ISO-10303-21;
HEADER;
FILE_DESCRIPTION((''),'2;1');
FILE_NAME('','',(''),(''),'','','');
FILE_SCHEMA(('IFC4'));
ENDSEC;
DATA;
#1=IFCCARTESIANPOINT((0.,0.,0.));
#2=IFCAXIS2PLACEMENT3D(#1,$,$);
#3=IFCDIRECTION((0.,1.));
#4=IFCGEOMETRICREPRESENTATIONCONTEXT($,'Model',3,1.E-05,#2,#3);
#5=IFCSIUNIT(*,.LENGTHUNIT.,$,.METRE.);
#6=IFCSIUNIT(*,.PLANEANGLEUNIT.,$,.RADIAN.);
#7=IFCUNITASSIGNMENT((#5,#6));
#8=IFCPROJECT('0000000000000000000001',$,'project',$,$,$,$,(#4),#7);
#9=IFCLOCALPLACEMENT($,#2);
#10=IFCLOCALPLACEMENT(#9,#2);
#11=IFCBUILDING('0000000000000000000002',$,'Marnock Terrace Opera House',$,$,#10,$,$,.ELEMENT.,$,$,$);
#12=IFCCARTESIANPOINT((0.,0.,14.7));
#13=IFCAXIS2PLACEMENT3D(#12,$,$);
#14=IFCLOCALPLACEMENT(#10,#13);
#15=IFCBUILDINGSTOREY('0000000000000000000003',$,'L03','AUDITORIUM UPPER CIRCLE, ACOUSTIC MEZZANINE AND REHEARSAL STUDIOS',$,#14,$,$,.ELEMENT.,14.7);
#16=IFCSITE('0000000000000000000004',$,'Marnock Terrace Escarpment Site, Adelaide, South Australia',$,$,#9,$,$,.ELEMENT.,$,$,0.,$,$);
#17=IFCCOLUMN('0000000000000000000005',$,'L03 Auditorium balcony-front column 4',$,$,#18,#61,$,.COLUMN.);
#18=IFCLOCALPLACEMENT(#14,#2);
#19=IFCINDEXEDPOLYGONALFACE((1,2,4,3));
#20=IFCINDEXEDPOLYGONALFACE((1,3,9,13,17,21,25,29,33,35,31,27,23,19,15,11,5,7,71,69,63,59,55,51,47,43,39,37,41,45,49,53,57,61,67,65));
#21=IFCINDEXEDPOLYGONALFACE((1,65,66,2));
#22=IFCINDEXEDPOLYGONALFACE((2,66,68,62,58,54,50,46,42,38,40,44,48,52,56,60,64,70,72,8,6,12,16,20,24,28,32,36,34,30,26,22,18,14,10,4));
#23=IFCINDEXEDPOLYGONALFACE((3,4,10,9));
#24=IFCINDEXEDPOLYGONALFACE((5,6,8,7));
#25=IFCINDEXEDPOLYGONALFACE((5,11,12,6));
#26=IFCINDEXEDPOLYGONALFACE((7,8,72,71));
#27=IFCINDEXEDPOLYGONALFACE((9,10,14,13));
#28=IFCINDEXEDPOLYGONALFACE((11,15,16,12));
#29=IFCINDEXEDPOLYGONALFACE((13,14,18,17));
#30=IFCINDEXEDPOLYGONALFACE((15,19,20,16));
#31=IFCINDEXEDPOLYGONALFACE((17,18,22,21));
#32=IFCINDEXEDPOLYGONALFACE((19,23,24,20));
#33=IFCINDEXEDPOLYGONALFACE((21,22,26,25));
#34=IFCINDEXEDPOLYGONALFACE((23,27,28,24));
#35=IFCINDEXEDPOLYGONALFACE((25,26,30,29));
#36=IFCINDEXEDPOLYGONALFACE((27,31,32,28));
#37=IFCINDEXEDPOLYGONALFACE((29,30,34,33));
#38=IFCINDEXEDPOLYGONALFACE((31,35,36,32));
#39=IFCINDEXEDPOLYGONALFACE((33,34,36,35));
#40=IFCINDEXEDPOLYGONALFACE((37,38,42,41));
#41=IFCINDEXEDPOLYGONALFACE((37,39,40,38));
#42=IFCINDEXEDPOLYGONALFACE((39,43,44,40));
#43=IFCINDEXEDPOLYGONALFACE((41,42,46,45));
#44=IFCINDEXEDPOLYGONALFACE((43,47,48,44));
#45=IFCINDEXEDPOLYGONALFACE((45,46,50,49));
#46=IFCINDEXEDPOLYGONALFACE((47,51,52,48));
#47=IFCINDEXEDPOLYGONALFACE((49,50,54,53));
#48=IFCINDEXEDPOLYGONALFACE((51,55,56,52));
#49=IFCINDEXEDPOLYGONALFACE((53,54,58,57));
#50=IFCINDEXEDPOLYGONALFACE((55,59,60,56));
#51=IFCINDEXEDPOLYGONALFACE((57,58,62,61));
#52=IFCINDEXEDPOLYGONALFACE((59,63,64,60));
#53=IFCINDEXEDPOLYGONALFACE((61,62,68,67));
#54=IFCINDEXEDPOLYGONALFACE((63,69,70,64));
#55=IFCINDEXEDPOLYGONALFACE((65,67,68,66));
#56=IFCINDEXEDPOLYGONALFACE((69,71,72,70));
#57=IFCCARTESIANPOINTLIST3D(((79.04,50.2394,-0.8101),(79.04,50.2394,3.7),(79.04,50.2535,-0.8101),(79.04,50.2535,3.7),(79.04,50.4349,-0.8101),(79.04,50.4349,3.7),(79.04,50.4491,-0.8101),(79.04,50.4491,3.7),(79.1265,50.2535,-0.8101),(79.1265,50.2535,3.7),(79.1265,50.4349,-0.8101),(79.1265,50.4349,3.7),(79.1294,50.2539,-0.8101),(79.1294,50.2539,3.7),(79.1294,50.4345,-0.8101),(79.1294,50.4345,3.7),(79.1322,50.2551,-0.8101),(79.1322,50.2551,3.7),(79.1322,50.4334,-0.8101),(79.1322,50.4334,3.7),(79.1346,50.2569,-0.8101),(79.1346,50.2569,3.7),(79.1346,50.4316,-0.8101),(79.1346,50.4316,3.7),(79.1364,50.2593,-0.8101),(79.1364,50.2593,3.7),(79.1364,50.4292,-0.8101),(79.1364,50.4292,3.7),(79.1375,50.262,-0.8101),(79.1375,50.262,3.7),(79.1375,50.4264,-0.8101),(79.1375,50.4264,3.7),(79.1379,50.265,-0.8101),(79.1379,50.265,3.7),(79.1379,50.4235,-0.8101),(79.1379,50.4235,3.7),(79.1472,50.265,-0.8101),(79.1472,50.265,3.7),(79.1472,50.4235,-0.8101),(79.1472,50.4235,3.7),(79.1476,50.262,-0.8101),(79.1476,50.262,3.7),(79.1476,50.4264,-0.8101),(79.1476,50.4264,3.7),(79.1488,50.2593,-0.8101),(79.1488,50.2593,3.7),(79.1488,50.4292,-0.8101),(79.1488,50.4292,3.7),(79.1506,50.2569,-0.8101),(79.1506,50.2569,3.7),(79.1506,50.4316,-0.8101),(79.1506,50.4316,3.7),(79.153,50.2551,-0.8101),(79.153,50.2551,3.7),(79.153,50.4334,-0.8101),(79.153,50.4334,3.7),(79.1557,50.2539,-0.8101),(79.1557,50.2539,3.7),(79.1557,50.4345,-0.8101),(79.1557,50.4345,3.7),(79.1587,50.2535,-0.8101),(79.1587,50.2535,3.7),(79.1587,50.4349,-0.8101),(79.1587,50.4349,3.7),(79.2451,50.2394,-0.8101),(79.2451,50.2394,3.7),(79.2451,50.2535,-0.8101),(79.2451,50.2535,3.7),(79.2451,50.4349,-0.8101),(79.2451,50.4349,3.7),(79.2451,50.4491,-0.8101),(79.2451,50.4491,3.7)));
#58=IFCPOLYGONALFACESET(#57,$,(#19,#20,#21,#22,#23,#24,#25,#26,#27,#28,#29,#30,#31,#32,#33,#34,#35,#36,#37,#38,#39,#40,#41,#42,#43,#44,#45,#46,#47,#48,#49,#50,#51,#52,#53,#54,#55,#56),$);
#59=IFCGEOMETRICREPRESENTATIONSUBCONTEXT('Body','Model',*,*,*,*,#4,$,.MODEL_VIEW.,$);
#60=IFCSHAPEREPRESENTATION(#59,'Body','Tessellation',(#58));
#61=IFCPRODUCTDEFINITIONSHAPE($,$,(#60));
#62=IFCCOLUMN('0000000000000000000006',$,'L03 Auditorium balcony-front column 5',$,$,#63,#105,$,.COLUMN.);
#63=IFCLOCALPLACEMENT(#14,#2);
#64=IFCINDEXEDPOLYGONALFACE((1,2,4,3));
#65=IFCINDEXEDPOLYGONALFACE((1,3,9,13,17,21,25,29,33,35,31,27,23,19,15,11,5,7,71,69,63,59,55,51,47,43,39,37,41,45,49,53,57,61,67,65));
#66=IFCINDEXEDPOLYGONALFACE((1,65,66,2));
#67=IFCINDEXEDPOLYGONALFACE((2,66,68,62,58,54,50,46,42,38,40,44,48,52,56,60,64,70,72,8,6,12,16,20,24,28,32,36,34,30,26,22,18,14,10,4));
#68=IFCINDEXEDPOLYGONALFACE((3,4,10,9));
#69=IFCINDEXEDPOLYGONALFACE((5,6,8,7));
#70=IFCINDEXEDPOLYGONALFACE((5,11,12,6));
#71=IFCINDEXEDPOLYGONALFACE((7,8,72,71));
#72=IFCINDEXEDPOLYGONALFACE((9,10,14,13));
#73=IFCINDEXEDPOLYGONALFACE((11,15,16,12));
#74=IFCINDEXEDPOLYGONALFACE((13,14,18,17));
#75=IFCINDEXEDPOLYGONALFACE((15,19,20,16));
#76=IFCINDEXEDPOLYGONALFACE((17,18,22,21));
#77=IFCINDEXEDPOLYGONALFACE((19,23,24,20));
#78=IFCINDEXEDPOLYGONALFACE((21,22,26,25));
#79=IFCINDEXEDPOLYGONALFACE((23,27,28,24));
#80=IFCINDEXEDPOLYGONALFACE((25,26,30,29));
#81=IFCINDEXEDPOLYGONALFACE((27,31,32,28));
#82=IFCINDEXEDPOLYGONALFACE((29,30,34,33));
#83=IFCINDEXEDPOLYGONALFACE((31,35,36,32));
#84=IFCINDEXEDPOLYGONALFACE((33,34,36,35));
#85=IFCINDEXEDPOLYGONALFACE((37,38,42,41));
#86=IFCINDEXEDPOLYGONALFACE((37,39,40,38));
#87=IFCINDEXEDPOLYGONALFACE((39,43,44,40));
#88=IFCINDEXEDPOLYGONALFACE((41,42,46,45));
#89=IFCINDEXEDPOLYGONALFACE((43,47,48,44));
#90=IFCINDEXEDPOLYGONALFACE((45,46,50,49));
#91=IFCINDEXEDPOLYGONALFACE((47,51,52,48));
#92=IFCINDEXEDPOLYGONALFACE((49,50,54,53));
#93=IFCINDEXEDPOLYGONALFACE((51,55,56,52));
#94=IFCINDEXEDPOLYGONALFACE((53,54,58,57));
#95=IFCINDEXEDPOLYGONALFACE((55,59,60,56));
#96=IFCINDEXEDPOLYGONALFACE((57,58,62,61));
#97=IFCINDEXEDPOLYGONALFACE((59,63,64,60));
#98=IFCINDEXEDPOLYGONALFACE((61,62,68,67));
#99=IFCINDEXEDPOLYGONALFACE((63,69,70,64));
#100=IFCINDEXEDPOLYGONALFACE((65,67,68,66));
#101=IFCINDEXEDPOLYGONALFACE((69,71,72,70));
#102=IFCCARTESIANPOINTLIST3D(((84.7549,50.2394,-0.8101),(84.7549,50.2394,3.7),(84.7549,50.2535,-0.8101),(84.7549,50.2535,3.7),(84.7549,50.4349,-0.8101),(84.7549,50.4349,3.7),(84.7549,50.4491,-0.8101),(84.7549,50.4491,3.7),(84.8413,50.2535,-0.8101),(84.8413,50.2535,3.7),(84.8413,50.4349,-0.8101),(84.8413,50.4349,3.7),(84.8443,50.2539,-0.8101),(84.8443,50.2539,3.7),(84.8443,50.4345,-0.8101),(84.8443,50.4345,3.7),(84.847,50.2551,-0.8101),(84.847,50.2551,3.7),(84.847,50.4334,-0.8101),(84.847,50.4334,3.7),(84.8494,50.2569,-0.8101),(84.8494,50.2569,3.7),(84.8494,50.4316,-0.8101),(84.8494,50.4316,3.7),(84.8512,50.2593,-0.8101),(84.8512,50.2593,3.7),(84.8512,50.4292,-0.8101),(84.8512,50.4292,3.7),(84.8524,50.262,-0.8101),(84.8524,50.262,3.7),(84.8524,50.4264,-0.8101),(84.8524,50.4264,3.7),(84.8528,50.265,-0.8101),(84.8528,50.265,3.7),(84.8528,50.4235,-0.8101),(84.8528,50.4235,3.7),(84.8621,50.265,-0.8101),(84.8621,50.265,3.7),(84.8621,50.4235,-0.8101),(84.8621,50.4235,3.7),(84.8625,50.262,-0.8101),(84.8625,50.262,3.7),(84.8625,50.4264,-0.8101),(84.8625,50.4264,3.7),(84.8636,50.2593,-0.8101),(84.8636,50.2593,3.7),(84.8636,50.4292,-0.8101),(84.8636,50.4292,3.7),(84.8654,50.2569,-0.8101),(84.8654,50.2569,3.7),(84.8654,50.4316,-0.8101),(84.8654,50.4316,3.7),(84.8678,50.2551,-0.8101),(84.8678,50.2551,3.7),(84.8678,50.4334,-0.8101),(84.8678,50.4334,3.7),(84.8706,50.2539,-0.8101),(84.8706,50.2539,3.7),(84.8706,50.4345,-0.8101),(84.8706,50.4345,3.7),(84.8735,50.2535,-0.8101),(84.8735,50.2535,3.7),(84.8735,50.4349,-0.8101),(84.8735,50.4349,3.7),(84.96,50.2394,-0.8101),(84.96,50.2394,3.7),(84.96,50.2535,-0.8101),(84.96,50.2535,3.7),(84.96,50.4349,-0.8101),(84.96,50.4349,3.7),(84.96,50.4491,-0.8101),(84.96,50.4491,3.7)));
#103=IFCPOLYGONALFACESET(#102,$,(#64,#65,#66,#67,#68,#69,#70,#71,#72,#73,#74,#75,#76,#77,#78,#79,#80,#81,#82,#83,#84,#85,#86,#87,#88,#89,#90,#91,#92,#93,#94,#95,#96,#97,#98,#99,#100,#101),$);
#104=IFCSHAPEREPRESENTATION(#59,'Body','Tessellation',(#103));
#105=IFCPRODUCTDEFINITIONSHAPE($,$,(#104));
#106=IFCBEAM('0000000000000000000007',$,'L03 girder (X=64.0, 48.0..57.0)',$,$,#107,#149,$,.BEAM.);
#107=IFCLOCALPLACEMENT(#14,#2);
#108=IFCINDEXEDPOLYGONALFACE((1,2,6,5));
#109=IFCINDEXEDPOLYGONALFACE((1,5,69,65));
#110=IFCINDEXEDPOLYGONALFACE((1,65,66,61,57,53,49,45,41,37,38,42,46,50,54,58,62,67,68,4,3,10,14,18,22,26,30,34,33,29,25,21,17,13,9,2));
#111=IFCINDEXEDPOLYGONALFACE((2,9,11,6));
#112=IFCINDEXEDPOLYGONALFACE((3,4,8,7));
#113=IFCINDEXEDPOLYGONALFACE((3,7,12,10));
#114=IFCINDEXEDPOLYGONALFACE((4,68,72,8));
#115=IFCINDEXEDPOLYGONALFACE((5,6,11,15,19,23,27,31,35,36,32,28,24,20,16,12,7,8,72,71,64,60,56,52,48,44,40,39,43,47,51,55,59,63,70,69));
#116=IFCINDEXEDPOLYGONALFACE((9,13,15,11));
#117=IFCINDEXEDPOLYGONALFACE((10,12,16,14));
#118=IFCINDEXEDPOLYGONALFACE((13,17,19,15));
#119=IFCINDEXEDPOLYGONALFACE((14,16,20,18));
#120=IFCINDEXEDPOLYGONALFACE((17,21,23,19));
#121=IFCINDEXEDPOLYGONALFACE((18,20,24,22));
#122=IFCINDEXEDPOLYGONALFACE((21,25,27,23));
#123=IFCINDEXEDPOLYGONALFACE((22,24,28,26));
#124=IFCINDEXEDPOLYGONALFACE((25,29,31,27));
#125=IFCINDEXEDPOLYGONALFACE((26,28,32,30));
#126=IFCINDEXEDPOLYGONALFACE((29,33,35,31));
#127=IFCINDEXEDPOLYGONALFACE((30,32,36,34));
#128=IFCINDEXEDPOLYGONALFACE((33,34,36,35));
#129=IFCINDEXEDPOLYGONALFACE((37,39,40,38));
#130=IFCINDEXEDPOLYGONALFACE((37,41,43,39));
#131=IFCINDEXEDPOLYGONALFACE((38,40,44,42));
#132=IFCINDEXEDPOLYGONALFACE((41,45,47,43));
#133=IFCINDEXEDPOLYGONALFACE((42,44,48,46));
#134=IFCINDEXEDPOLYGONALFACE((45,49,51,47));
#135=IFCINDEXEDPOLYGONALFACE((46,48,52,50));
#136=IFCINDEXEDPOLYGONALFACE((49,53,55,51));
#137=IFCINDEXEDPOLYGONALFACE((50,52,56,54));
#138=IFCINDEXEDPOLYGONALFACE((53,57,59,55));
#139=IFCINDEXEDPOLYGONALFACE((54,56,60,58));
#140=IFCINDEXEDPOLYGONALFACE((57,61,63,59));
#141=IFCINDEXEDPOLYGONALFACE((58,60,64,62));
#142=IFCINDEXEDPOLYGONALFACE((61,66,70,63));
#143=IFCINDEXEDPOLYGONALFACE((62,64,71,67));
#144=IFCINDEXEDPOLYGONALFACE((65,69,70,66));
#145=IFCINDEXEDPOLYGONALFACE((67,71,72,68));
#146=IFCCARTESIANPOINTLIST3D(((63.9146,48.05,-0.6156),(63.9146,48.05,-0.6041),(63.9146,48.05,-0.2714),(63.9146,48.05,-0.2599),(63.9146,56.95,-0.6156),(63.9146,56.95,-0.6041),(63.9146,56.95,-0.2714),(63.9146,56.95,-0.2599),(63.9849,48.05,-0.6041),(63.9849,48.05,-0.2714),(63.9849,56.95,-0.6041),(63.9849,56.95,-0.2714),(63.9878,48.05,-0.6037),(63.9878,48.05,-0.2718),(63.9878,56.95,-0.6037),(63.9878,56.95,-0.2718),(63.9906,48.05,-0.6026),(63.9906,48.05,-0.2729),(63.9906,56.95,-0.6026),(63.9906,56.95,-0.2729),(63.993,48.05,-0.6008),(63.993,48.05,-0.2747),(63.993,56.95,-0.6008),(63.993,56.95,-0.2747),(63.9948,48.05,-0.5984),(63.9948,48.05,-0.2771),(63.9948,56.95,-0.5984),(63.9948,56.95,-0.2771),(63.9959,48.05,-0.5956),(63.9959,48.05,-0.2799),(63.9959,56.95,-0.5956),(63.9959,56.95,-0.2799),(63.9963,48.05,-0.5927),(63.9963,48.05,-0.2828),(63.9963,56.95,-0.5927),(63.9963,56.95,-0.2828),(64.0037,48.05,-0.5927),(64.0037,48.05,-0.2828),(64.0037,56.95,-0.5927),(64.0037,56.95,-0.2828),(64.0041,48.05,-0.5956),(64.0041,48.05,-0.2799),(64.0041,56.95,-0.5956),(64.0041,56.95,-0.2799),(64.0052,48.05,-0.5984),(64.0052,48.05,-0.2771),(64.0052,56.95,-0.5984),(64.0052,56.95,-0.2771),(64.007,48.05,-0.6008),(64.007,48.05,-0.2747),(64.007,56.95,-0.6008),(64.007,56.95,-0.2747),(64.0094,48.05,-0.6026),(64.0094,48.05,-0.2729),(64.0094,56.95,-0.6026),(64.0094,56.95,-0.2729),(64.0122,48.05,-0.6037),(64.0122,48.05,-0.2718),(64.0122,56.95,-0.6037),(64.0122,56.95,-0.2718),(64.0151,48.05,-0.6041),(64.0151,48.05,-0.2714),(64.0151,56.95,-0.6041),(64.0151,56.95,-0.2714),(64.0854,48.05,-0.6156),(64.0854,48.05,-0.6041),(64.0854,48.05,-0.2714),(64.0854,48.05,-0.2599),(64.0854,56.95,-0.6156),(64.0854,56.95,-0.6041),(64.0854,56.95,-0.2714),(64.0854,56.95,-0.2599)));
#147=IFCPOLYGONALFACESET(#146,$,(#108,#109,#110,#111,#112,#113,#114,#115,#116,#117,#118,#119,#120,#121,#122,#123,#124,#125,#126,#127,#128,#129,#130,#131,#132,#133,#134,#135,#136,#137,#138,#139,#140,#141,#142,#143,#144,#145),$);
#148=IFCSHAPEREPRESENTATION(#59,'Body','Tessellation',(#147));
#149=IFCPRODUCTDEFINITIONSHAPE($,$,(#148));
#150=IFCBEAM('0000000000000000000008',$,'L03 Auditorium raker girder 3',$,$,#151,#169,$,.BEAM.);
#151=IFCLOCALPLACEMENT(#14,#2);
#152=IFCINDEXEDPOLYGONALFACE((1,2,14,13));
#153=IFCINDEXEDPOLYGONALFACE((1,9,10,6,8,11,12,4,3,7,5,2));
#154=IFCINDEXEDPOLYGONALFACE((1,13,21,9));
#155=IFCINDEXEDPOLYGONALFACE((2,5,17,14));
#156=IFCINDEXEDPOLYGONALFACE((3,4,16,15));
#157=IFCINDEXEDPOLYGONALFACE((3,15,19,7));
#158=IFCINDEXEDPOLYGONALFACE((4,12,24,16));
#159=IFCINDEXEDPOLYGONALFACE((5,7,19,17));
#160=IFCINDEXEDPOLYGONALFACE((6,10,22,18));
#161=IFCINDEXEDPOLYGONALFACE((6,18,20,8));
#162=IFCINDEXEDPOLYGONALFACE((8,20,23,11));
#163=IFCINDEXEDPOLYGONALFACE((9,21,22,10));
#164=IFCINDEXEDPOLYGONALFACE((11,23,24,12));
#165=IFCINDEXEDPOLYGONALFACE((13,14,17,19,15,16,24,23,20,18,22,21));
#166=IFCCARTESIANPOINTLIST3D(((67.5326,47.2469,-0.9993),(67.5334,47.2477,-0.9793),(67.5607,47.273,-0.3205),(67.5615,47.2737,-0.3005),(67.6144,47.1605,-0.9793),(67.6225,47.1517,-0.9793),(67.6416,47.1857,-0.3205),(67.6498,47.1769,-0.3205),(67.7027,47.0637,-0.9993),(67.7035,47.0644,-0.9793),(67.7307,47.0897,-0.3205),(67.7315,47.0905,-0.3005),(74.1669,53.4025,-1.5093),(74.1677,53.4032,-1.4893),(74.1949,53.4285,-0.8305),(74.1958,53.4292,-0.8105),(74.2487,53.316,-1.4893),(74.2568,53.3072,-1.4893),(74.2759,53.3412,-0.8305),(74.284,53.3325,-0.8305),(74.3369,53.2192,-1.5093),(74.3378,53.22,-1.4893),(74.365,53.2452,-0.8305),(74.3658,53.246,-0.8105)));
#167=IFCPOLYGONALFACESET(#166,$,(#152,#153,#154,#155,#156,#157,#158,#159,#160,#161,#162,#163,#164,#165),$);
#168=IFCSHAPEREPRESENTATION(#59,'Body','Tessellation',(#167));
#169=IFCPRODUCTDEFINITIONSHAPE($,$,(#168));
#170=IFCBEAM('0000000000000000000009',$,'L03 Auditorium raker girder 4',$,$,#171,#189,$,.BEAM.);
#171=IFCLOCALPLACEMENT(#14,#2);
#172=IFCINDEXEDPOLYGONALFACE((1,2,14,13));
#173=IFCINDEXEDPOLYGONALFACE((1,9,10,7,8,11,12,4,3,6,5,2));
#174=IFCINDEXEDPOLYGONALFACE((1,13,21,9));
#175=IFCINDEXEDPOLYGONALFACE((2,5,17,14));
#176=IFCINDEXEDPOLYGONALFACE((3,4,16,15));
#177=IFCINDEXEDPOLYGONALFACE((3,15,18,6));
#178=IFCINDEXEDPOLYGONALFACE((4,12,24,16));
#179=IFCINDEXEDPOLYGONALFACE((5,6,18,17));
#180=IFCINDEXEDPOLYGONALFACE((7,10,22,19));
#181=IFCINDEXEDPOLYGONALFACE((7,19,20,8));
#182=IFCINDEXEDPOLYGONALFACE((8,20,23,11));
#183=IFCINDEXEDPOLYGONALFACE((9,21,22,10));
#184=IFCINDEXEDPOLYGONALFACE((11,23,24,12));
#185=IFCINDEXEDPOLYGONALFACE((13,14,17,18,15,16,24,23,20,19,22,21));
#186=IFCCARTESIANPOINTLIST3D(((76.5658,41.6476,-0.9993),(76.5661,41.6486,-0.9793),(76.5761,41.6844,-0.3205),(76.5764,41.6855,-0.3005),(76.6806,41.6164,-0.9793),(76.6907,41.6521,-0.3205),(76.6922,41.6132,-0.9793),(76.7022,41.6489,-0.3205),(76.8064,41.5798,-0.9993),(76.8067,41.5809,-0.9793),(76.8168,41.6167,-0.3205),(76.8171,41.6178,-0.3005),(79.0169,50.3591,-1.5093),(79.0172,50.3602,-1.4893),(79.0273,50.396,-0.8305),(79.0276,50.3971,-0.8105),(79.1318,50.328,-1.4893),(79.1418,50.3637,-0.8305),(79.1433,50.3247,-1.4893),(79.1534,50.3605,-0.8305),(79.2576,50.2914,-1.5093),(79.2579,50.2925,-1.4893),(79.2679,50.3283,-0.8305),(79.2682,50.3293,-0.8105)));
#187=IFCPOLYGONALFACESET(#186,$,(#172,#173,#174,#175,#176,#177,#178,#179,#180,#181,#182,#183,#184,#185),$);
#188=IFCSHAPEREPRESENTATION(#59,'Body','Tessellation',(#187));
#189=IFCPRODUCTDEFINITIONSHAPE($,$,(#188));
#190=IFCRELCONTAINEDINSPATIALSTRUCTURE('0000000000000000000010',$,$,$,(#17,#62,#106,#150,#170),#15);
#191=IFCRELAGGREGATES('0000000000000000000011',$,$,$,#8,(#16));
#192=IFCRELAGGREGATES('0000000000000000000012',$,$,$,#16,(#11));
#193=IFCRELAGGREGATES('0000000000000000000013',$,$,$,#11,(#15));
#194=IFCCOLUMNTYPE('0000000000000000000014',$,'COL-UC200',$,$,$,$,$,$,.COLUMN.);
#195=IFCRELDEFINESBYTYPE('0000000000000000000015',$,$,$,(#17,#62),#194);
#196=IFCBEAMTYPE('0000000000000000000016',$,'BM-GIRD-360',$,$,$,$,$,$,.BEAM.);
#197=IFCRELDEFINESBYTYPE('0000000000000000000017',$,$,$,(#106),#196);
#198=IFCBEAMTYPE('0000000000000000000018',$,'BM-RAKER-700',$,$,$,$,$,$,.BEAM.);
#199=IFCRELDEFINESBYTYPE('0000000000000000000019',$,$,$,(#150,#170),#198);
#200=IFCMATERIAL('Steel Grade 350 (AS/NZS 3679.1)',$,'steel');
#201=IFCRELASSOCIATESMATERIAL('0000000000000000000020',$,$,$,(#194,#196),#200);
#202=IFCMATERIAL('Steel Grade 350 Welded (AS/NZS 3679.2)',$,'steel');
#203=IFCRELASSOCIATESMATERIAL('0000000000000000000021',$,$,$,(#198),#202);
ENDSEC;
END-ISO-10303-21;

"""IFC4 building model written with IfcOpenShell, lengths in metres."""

from ifc_helpers import new_model, si_unit, direction, frame, origin, origin_2d, place, context, subcontext, project, spatial, i_section, extrude, material, material_profile, profile_set, type_object, element, save


model = new_model("IFC4")

# Units and contexts
model_context = context("Model", 3, precision=1e-05, world=origin(), true_north=direction((0.0, 1.0)))
body_context = subcontext(model_context, "Body", "Model", "MODEL_VIEW")
ifc_project = project(units=[si_unit("LENGTHUNIT", "METRE"), si_unit("PLANEANGLEUNIT", "RADIAN")], contexts=[model_context])

# Site, building, storey
site_placement = place(None, origin())
site = spatial("IfcSite", under=ifc_project, at=site_placement, Name="Marnock Terrace Escarpment Site, Adelaide, South Australia", CompositionType="ELEMENT", RefElevation=0.0)
building_placement = place(site_placement, origin())
building = spatial("IfcBuilding", under=site, at=building_placement, Name="Marnock Terrace Opera House", CompositionType="ELEMENT")
storey_placement = place(building_placement, frame((0.0, 0.0, 14.7)))
storey = spatial("IfcBuildingStorey", under=building, at=storey_placement, Name="L03", Description="AUDITORIUM UPPER CIRCLE, ACOUSTIC MEZZANINE AND REHEARSAL STUDIOS", CompositionType="ELEMENT", Elevation=14.7)

# Columns
ifc_material_1 = material(Name="Steel Grade 350 (AS/NZS 3679.1)", Category="steel")
ifc_material_profile_1 = material_profile(ifc_material_1, i_section(OverallWidth=0.2051, OverallDepth=0.2097, WebThickness=0.0093, FlangeThickness=0.0142, FilletRadius=0.0115, at=origin_2d()))
ifc_profile_set_1 = profile_set([ifc_material_profile_1], Name="Steel Grade 350 (AS/NZS 3679.1)")
column_type_1 = type_object("IfcColumnType", Name="COL-UC200", PredefinedType="COLUMN", material=ifc_profile_set_1)
for number, where, z_axis, x_axis, name in (
    (1, (79.1426, 50.3442, -0.8101), (0.0, 0.0, 1.0), (1.0, 0.0, 0.0), "L03 Auditorium balcony-front column 4"),
    (2, (84.8574, 50.3442, -0.8101), (0.0, 0.0, 1.0), (1.0, 0.0, 0.0), "L03 Auditorium balcony-front column 5"),
):
    element("IfcColumn", number, at=place(storey_placement, frame(where, z_axis=z_axis, x_axis=x_axis)), inside=storey, type_object=column_type_1, Name=name, PredefinedType="COLUMN", context=body_context, shape_type="SweptSolid", body=[
        extrude(i_section(OverallWidth=0.2051, OverallDepth=0.2097, WebThickness=0.0093, FlangeThickness=0.0142, FilletRadius=0.0115, at=origin_2d()), origin(), (0.0, 0.0, 1.0), 4.51),
    ])

# Beams
ifc_material_profile_2 = material_profile(ifc_material_1, i_section(OverallWidth=0.1709, OverallDepth=0.3557, WebThickness=0.0073, FlangeThickness=0.0115, FilletRadius=0.0115, at=origin_2d()))
ifc_profile_set_2 = profile_set([ifc_material_profile_2], Name="Steel Grade 350 (AS/NZS 3679.1)")
beam_type_1 = type_object("IfcBeamType", Name="BM-GIRD-360", PredefinedType="BEAM", material=ifc_profile_set_2)
beam_1_placement = place(storey_placement, frame((64.0, 48.05, -0.4377), z_axis=(0.0, 1.0, 0.0), x_axis=(-1.0, 0.0, 0.0)))
element("IfcBeam", 3, at=beam_1_placement, inside=storey, type_object=beam_type_1, Name="L03 girder (X=64.0, 48.0..57.0)", PredefinedType="BEAM", context=body_context, shape_type="SweptSolid", body=[
    extrude(i_section(OverallWidth=0.1709, OverallDepth=0.3557, WebThickness=0.0073, FlangeThickness=0.0115, FilletRadius=0.0115, at=origin_2d()), origin(), (0.0, 0.0, 1.0), 8.8999),
])
ifc_material_2 = material(Name="Steel Grade 350 Welded (AS/NZS 3679.2)", Category="steel")
ifc_material_profile_3 = material_profile(ifc_material_2, i_section(OverallWidth=0.25, OverallDepth=0.7, WebThickness=0.012, FlangeThickness=0.02, at=origin_2d()))
ifc_profile_set_3 = profile_set([ifc_material_profile_3], Name="Steel Grade 350 Welded (AS/NZS 3679.2)")
beam_type_2 = type_object("IfcBeamType", Name="BM-RAKER-700", PredefinedType="BEAM", material=ifc_profile_set_3)
beam_2_placement = place(storey_placement, frame((74.2664, 53.3242, -1.1599), z_axis=(-0.731901, -0.679084, 0.056265), x_axis=(0.680161, -0.733062, 0.0)))
element("IfcBeam", 4, at=beam_2_placement, inside=storey, type_object=beam_type_2, Name="L03 Auditorium raker girder 3", PredefinedType="BEAM", context=body_context, shape_type="SweptSolid", body=[
    extrude(i_section(OverallWidth=0.25, OverallDepth=0.7, WebThickness=0.012, FlangeThickness=0.02, at=origin_2d()), origin(), (0.0, 0.0, 1.0), 9.0645),
])
for number, where, z_axis, x_axis, name in (
    (5, (79.1426, 50.3442, -1.1599), (-0.27042, -0.961097, 0.056266), (0.962622, -0.270849, 0.0), "L03 Auditorium raker girder 4"),
):
    element("IfcBeam", number, at=place(storey_placement, frame(where, z_axis=z_axis, x_axis=x_axis)), inside=storey, type_object=beam_type_2, Name=name, PredefinedType="BEAM", context=body_context, shape_type="SweptSolid", body=[
        extrude(i_section(OverallWidth=0.25, OverallDepth=0.7, WebThickness=0.012, FlangeThickness=0.02, at=origin_2d()), origin(), (0.0, 0.0, 1.0), 9.0642),
    ])

save(model, "model.ifc")
